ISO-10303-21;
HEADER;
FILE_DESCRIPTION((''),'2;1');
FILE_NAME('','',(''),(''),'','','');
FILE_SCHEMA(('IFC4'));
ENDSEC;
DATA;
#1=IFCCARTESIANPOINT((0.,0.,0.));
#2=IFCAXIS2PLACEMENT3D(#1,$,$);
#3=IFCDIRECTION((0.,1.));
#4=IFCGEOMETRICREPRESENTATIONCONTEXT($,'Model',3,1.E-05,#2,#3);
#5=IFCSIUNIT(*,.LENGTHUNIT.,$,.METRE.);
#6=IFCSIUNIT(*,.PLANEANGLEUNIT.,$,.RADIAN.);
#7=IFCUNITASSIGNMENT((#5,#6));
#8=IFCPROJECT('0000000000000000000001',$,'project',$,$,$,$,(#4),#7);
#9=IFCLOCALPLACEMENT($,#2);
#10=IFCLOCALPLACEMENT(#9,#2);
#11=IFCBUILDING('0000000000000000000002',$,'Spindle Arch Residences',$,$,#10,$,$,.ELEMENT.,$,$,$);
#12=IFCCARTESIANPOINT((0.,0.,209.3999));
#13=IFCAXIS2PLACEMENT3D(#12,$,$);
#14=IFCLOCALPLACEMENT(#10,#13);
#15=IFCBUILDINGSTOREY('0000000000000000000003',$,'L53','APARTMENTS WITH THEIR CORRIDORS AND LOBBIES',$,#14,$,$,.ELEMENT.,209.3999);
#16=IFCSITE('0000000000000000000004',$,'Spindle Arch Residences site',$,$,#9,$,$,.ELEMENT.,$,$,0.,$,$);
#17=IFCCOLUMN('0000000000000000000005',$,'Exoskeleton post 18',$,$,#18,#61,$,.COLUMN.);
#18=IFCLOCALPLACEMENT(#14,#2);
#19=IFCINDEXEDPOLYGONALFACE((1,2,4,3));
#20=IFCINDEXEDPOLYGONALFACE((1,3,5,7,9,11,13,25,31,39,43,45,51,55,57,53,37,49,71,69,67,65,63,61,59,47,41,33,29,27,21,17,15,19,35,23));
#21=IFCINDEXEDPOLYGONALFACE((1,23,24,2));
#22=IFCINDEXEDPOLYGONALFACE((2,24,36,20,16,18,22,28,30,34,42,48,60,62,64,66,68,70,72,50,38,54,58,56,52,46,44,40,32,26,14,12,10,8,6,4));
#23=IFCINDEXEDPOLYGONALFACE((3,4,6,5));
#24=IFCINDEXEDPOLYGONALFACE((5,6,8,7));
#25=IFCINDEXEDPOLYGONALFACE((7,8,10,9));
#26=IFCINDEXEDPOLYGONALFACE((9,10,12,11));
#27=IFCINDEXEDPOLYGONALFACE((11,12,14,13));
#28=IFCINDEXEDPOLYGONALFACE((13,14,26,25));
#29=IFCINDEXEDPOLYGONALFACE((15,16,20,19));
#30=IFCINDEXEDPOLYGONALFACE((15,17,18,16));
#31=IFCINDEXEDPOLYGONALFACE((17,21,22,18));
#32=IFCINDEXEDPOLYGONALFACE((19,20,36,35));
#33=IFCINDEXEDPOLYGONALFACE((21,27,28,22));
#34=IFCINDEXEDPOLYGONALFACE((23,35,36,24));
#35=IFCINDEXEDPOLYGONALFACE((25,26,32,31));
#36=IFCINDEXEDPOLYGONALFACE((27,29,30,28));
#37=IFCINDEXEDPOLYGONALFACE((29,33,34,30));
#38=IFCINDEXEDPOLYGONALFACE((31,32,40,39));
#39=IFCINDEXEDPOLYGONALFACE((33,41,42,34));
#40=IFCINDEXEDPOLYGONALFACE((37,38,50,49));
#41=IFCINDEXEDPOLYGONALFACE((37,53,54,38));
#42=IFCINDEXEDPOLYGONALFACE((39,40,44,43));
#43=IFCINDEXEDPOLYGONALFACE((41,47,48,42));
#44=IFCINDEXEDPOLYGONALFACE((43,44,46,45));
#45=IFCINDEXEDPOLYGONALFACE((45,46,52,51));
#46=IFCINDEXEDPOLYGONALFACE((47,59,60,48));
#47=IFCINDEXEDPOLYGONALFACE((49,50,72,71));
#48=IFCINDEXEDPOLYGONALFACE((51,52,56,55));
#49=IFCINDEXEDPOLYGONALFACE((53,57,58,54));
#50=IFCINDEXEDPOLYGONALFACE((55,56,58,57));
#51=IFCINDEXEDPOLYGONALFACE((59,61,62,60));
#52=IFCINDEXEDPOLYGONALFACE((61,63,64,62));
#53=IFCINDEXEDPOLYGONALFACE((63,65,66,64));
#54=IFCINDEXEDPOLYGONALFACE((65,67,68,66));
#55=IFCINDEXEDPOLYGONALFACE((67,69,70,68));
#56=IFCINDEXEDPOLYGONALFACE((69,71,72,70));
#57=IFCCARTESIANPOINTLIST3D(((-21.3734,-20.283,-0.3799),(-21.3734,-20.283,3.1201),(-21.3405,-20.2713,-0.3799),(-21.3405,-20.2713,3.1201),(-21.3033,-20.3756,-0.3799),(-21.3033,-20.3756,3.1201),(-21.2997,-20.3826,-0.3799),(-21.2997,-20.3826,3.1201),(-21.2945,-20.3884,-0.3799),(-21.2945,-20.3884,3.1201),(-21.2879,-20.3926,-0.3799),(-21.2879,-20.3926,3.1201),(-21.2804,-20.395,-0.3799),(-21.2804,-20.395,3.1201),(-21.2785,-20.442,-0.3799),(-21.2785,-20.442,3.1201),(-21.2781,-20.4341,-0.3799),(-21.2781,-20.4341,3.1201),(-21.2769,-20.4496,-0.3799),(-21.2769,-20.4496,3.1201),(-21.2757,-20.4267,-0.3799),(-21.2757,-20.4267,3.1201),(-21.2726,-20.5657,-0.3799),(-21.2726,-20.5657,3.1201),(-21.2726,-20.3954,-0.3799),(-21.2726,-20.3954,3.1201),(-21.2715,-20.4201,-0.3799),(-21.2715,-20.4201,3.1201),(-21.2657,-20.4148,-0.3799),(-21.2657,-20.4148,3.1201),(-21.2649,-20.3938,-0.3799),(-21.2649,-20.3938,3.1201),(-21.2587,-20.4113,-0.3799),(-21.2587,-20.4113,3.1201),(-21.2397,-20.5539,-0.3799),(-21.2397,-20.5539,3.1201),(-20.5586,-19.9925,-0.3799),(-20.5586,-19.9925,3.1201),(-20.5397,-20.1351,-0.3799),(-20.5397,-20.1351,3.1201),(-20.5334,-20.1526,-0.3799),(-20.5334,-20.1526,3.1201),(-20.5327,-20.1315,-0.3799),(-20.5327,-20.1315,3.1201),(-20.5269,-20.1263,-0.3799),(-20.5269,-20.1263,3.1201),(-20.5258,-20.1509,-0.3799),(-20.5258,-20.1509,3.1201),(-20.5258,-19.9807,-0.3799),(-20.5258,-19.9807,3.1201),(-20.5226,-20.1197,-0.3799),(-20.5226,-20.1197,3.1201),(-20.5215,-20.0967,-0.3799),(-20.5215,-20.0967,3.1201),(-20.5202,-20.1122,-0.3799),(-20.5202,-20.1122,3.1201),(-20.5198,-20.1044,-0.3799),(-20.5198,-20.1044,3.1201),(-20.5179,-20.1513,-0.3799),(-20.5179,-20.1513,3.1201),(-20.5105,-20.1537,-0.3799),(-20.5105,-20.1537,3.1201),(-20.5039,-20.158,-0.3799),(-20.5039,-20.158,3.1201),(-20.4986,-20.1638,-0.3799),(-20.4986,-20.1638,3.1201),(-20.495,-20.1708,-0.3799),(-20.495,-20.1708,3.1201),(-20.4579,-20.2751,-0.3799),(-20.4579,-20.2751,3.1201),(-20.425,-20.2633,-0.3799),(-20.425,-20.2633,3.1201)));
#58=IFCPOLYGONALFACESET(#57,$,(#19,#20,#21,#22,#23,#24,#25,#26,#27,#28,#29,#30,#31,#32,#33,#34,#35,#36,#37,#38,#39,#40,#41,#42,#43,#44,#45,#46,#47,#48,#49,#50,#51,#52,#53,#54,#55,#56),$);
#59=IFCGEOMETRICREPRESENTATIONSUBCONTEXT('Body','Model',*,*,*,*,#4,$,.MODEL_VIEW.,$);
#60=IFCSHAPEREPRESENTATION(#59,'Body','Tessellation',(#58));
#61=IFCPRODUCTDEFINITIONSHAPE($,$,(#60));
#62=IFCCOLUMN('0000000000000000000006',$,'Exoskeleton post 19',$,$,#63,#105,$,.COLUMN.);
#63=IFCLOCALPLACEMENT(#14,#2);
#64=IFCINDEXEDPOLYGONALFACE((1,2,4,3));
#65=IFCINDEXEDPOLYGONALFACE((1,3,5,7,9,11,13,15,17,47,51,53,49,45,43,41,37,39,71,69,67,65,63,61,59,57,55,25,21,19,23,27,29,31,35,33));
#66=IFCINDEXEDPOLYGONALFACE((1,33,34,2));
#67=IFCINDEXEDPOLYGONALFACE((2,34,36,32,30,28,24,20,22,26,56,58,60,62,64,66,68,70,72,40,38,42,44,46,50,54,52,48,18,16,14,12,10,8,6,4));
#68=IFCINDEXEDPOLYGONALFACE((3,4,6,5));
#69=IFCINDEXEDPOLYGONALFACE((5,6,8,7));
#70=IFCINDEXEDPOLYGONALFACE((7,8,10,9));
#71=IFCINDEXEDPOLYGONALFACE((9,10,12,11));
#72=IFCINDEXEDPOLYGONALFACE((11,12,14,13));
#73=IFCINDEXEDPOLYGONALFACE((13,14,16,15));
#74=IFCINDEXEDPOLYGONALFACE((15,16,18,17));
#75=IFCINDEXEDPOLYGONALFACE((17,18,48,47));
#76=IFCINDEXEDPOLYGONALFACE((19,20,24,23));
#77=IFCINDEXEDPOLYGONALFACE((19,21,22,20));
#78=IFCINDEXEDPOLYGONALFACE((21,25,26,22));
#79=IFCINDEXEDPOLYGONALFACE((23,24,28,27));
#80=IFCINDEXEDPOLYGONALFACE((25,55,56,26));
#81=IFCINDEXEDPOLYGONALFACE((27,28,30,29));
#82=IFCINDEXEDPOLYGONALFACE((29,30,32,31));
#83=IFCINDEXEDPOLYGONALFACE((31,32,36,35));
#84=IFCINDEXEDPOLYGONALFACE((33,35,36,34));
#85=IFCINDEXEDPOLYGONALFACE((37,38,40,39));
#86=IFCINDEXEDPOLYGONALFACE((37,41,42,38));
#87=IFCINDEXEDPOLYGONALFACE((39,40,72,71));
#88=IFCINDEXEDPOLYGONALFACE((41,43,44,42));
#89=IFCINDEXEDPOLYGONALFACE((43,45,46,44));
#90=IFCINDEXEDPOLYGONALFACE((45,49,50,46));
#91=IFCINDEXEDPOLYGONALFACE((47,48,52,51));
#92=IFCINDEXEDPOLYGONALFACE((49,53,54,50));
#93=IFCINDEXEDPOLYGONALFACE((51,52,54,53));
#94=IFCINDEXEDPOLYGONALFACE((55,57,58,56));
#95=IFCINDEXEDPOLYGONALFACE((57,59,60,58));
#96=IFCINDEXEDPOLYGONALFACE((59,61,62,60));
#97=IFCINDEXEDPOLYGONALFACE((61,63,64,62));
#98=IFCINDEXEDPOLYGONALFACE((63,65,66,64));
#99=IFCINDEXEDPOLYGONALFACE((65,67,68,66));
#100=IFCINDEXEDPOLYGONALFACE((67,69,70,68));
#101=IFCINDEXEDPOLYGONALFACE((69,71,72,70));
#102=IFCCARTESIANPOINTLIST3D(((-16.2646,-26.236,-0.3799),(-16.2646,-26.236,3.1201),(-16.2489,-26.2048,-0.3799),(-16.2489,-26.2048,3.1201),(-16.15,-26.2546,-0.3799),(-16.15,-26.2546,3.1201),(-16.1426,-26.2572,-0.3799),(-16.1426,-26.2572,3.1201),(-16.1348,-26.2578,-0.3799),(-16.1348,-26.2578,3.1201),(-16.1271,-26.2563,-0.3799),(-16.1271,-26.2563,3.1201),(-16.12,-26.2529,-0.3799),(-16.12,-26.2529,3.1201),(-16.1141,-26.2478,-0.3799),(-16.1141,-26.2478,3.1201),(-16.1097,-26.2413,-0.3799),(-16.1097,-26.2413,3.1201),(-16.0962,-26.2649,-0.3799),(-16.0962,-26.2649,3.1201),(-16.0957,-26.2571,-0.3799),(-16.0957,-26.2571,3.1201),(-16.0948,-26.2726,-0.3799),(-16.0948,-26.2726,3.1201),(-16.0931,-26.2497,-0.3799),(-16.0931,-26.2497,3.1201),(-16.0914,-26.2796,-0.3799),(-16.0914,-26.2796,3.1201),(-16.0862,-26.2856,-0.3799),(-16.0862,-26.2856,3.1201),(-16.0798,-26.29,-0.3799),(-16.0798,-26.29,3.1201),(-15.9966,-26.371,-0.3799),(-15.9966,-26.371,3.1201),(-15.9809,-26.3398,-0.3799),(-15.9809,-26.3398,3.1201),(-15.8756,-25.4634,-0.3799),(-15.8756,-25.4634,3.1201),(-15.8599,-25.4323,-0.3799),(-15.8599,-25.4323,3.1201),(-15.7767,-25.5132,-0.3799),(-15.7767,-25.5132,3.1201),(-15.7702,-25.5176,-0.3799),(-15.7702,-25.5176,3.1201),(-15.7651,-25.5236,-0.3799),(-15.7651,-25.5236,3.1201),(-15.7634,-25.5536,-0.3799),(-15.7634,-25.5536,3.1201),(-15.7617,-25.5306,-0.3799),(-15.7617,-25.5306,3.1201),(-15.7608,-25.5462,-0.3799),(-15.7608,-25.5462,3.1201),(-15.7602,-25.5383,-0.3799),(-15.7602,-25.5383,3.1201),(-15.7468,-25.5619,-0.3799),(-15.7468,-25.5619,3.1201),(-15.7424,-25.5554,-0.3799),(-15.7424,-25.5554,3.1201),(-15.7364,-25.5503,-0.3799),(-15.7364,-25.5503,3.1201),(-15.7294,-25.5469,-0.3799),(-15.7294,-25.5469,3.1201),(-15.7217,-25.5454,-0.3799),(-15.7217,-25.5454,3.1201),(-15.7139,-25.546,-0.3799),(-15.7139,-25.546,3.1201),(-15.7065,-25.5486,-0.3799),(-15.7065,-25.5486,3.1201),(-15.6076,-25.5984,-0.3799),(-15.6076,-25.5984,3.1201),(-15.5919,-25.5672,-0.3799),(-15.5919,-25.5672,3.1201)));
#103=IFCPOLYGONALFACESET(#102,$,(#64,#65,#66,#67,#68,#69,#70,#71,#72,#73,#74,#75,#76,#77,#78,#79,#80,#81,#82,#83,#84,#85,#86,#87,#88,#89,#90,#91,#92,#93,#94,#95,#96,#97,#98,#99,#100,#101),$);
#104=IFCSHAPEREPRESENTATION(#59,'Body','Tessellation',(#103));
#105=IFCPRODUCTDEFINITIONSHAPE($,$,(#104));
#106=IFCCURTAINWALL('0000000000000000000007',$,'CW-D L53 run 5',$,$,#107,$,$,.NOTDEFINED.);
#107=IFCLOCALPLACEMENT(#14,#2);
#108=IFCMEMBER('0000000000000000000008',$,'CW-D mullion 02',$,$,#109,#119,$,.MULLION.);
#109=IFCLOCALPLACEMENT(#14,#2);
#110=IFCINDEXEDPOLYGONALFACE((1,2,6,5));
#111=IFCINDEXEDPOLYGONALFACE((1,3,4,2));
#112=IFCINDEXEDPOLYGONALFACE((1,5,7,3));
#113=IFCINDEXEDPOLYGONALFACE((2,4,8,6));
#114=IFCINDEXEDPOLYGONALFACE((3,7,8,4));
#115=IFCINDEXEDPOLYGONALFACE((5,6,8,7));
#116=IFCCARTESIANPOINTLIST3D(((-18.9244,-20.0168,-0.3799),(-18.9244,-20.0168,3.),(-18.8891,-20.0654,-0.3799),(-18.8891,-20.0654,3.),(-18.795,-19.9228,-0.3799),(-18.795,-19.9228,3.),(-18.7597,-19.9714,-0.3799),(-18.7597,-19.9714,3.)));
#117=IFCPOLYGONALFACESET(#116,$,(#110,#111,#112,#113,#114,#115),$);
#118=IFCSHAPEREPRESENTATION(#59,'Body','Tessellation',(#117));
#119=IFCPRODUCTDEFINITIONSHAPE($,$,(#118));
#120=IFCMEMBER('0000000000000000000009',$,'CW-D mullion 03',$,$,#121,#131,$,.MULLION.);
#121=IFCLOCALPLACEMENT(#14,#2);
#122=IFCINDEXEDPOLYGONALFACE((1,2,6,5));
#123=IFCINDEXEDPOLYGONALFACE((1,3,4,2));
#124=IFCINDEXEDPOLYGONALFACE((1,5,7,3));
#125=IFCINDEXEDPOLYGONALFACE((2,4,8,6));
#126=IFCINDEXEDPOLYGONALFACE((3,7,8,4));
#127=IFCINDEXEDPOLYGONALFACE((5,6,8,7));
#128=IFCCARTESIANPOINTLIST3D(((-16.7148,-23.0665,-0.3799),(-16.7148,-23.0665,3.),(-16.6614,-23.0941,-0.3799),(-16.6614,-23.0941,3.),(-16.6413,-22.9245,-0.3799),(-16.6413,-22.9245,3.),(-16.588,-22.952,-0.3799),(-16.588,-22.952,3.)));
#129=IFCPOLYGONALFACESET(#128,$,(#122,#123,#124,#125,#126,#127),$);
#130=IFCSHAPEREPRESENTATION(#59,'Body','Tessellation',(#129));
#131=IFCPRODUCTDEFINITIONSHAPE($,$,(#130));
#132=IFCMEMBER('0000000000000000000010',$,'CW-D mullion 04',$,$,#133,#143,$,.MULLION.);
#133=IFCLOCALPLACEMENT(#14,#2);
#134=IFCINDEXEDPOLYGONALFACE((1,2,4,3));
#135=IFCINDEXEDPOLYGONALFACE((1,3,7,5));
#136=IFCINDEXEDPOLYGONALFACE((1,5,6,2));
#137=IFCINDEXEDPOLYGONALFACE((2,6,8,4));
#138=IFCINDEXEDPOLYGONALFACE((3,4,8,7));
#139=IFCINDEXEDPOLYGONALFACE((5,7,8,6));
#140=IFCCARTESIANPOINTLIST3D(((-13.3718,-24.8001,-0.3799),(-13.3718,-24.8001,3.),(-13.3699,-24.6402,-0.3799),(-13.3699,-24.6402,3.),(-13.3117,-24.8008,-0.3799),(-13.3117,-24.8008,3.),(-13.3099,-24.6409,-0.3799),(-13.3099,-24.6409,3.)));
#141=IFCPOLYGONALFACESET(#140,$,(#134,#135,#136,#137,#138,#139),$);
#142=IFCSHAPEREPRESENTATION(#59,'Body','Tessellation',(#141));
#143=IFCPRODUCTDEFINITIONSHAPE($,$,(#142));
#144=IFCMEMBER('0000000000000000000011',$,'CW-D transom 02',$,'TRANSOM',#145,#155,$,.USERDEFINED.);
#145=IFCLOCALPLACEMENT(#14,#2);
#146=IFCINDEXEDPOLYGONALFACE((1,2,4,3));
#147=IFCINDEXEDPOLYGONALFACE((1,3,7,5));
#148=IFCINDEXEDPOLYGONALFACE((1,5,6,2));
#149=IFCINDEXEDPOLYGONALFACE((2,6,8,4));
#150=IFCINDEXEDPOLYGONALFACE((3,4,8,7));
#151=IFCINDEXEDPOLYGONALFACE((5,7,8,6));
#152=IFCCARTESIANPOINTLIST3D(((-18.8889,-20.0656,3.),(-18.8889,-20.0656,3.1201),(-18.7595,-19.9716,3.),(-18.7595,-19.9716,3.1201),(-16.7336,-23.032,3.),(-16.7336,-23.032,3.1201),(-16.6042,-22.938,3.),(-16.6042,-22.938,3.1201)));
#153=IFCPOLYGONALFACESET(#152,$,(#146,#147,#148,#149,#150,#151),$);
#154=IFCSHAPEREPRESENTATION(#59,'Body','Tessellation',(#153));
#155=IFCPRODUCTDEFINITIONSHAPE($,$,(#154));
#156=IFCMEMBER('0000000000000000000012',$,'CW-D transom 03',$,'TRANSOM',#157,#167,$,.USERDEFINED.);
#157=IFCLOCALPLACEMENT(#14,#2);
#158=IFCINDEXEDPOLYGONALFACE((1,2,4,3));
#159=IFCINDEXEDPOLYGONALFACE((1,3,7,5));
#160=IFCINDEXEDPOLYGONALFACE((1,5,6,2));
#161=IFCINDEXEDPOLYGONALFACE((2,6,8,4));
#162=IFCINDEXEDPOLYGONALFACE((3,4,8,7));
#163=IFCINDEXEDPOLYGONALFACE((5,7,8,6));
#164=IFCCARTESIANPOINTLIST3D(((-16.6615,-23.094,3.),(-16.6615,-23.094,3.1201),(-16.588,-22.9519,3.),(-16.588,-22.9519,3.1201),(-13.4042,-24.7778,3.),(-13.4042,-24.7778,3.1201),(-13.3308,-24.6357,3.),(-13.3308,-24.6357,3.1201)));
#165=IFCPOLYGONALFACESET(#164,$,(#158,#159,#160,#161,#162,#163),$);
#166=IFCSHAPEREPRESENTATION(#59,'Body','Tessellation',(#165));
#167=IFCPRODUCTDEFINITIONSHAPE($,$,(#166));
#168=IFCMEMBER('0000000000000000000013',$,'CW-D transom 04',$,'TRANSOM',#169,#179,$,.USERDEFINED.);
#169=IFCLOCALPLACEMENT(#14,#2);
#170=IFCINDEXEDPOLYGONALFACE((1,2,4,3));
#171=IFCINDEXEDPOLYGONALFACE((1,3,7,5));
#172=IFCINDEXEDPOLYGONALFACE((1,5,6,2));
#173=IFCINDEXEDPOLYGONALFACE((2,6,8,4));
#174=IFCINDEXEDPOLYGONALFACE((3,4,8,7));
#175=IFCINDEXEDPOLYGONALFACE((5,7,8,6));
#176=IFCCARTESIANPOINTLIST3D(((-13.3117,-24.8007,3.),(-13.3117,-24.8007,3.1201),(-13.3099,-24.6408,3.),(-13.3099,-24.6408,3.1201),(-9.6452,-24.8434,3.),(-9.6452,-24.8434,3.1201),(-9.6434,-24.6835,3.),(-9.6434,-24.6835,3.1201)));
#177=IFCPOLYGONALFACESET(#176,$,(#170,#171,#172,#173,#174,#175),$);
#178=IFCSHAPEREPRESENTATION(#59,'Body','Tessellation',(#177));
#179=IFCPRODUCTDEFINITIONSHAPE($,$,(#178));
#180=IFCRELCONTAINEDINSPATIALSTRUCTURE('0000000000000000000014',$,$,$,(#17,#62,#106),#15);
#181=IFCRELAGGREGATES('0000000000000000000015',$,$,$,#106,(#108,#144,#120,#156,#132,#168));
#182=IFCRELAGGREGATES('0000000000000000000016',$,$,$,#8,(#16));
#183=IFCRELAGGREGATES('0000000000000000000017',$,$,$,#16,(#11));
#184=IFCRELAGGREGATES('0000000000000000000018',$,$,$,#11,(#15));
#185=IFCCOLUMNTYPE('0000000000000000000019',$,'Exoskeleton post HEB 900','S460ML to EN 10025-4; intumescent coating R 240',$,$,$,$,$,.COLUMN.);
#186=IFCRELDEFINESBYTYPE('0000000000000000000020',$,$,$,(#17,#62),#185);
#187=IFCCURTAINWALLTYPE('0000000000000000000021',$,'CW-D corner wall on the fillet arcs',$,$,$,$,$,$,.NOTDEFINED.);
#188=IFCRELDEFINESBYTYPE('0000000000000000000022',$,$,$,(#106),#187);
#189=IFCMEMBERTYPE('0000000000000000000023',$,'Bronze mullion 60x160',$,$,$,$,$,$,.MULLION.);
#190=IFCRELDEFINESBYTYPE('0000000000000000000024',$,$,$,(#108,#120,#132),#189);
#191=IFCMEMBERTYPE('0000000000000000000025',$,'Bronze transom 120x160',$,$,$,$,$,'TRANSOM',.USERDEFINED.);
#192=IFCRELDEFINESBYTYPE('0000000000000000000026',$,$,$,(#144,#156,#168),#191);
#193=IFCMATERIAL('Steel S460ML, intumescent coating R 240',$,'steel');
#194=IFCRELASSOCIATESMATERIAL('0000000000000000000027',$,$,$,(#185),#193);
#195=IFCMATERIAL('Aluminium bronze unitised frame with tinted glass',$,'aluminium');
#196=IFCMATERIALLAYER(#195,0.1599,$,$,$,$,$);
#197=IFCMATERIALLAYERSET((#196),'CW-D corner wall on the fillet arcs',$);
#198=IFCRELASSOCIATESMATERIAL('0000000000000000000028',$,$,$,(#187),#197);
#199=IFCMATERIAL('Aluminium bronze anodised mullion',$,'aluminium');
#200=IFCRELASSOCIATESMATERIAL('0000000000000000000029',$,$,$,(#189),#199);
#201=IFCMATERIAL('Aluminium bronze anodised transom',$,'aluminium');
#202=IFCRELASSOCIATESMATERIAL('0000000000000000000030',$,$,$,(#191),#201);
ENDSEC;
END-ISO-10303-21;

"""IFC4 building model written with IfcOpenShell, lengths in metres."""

from ifc_helpers import new_model, si_unit, direction, frame, origin, origin_2d, place, context, subcontext, project, spatial, rectangle, i_section, extrude, material, layer, layer_set, material_profile, profile_set, type_object, element, aggregate, save


model = new_model("IFC4")

# Units and contexts
model_context = context("Model", 3, precision=1e-05, world=origin(), true_north=direction((0.0, 1.0)))
body_context = subcontext(model_context, "Body", "Model", "MODEL_VIEW")
ifc_project = project(units=[si_unit("LENGTHUNIT", "METRE"), si_unit("PLANEANGLEUNIT", "RADIAN")], contexts=[model_context])

# Site, building, storey
site_placement = place(None, origin())
site = spatial("IfcSite", under=ifc_project, at=site_placement, Name="Spindle Arch Residences site", CompositionType="ELEMENT", RefElevation=0.0)
building_placement = place(site_placement, origin())
building = spatial("IfcBuilding", under=site, at=building_placement, Name="Spindle Arch Residences", CompositionType="ELEMENT")
storey_placement = place(building_placement, frame((0.0, 0.0, 209.3999)))
storey = spatial("IfcBuildingStorey", under=building, at=storey_placement, Name="L53", Description="APARTMENTS WITH THEIR CORRIDORS AND LOBBIES", CompositionType="ELEMENT", Elevation=209.3999)

# Columns
ifc_material_1 = material(Name="Steel S460ML, intumescent coating R 240", Category="steel")
ifc_material_profile_1 = material_profile(ifc_material_1, i_section(OverallWidth=0.3, OverallDepth=0.8999, WebThickness=0.0186, FlangeThickness=0.0349, FilletRadius=0.03, at=origin_2d()), Name="HEB 900")
ifc_profile_set_1 = profile_set([ifc_material_profile_1], Name="Steel S460ML, intumescent coating R 240")
column_type = type_object("IfcColumnType", Name="Exoskeleton post HEB 900", Description="S460ML to EN 10025-4; intumescent coating R 240", PredefinedType="COLUMN", material=ifc_profile_set_1)
for number, where, z_axis, x_axis, name in (
    (1, (-20.8992, -20.2732, -0.3799), (0.0, 0.0, 1.0), (-0.335927, 0.941888, 0.0), "Exoskeleton post 18"),
    (2, (-15.9282, -25.9016, -0.3799), (0.0, 0.0, 1.0), (-0.893169, 0.449721, 0.0), "Exoskeleton post 19"),
):
    element("IfcColumn", number, at=place(storey_placement, frame(where, z_axis=z_axis, x_axis=x_axis)), inside=storey, type_object=column_type, Name=name, PredefinedType="COLUMN", context=body_context, shape_type="SweptSolid", body=[
        extrude(i_section(OverallWidth=0.3, OverallDepth=0.8999, WebThickness=0.0186, FlangeThickness=0.0349, FilletRadius=0.03, at=origin_2d()), origin(), (0.0, 0.0, 1.0), 3.5),
    ])

# Curtain wall, members
ifc_material_2 = material(Name="Aluminium bronze unitised frame with tinted glass", Category="aluminium")
ifc_layer_1 = layer(ifc_material_2, 0.1599)
ifc_layer_set_1 = layer_set([ifc_layer_1], Name="CW-D corner wall on the fillet arcs")
curtain_wall_type = type_object("IfcCurtainWallType", Name="CW-D corner wall on the fillet arcs", PredefinedType="NOTDEFINED", material=ifc_layer_set_1)
curtain_wall_placement = place(storey_placement, origin())
curtain_wall = element("IfcCurtainWall", 3, at=curtain_wall_placement, inside=storey, type_object=curtain_wall_type, Name="CW-D L53 run 5", PredefinedType="NOTDEFINED")
ifc_material_3 = material(Name="Aluminium bronze anodised mullion", Category="aluminium")
ifc_material_profile_2 = material_profile(ifc_material_3, rectangle(XDim=0.1599, YDim=0.0601, at=origin_2d()), Name="MU 60x160")
ifc_profile_set_2 = profile_set([ifc_material_profile_2], Name="Aluminium bronze anodised mullion")
member_type_1 = type_object("IfcMemberType", Name="Bronze mullion 60x160", PredefinedType="MULLION", material=ifc_profile_set_2)
member_1_placement = place(storey_placement, frame((-18.842, -19.9941, -0.3799), z_axis=(0.0, 0.0, 1.0), x_axis=(0.809017, 0.587785, 0.0)))
member_1 = element("IfcMember", 4, at=member_1_placement, type_object=member_type_1, Name="CW-D mullion 02", PredefinedType="MULLION", context=body_context, shape_type="SweptSolid", body=[
    extrude(rectangle(XDim=0.1599, YDim=0.0601, at=origin_2d()), origin(), (0.0, 0.0, 1.0), 3.3799),
])
member_2_placement = place(storey_placement, frame((-16.6514, -23.0093, -0.3799), z_axis=(0.0, 0.0, 1.0), x_axis=(0.459166, 0.88835, 0.0)))
member_2 = element("IfcMember", 5, at=member_2_placement, type_object=member_type_1, Name="CW-D mullion 03", PredefinedType="MULLION", context=body_context, shape_type="SweptSolid", body=[
    extrude(rectangle(XDim=0.1599, YDim=0.0601, at=origin_2d()), origin(), (0.0, 0.0, 1.0), 3.3799),
])
member_3_placement = place(storey_placement, frame((-13.3408, -24.7205, -0.3799), z_axis=(0.0, 0.0, 1.0), x_axis=(0.011635, 0.999932, 0.0)))
member_3 = element("IfcMember", 6, at=member_3_placement, type_object=member_type_1, Name="CW-D mullion 04", PredefinedType="MULLION", context=body_context, shape_type="SweptSolid", body=[
    extrude(rectangle(XDim=0.1599, YDim=0.0601, at=origin_2d()), origin(), (0.0, 0.0, 1.0), 3.3799),
])
ifc_material_4 = material(Name="Aluminium bronze anodised transom", Category="aluminium")
ifc_material_profile_3 = material_profile(ifc_material_4, rectangle(XDim=0.1599, YDim=0.1201, at=origin_2d()), Name="TR 120x160")
ifc_profile_set_3 = profile_set([ifc_material_profile_3], Name="Aluminium bronze anodised transom")
member_type_2 = type_object("IfcMemberType", Name="Bronze transom 120x160", ElementType="TRANSOM", PredefinedType="USERDEFINED", material=ifc_profile_set_3)
member_4_placement = place(storey_placement, frame((-18.8242, -20.0186, 3.0601), z_axis=(0.587807, -0.809001, 0.0), x_axis=(0.809001, 0.587807, 0.0)))
member_4 = element("IfcMember", 7, at=member_4_placement, type_object=member_type_2, Name="CW-D transom 02", ObjectType="TRANSOM", PredefinedType="USERDEFINED", context=body_context, shape_type="SweptSolid", body=[
    extrude(rectangle(XDim=0.1599, YDim=0.1201, at=origin_2d()), origin(), (0.0, 0.0, 1.0), 3.6667),
])
member_5_placement = place(storey_placement, frame((-16.6248, -23.0229, 3.0601), z_axis=(0.888327, -0.459211, 0.0), x_axis=(0.459211, 0.888327, 0.0)))
member_5 = element("IfcMember", 8, at=member_5_placement, type_object=member_type_2, Name="CW-D transom 03", ObjectType="TRANSOM", PredefinedType="USERDEFINED", context=body_context, shape_type="SweptSolid", body=[
    extrude(rectangle(XDim=0.1599, YDim=0.1201, at=origin_2d()), origin(), (0.0, 0.0, 1.0), 3.6667),
])
member_6_placement = place(storey_placement, frame((-13.3108, -24.7207, 3.0601), z_axis=(0.999932, -0.011652, 0.0), x_axis=(0.011652, 0.999932, 0.0)))
member_6 = element("IfcMember", 9, at=member_6_placement, type_object=member_type_2, Name="CW-D transom 04", ObjectType="TRANSOM", PredefinedType="USERDEFINED", context=body_context, shape_type="SweptSolid", body=[
    extrude(rectangle(XDim=0.1599, YDim=0.1201, at=origin_2d()), origin(), (0.0, 0.0, 1.0), 3.6667),
])

aggregate(curtain_wall, [member_1, member_4, member_2, member_5, member_3, member_6])

save(model, "model.ifc")
